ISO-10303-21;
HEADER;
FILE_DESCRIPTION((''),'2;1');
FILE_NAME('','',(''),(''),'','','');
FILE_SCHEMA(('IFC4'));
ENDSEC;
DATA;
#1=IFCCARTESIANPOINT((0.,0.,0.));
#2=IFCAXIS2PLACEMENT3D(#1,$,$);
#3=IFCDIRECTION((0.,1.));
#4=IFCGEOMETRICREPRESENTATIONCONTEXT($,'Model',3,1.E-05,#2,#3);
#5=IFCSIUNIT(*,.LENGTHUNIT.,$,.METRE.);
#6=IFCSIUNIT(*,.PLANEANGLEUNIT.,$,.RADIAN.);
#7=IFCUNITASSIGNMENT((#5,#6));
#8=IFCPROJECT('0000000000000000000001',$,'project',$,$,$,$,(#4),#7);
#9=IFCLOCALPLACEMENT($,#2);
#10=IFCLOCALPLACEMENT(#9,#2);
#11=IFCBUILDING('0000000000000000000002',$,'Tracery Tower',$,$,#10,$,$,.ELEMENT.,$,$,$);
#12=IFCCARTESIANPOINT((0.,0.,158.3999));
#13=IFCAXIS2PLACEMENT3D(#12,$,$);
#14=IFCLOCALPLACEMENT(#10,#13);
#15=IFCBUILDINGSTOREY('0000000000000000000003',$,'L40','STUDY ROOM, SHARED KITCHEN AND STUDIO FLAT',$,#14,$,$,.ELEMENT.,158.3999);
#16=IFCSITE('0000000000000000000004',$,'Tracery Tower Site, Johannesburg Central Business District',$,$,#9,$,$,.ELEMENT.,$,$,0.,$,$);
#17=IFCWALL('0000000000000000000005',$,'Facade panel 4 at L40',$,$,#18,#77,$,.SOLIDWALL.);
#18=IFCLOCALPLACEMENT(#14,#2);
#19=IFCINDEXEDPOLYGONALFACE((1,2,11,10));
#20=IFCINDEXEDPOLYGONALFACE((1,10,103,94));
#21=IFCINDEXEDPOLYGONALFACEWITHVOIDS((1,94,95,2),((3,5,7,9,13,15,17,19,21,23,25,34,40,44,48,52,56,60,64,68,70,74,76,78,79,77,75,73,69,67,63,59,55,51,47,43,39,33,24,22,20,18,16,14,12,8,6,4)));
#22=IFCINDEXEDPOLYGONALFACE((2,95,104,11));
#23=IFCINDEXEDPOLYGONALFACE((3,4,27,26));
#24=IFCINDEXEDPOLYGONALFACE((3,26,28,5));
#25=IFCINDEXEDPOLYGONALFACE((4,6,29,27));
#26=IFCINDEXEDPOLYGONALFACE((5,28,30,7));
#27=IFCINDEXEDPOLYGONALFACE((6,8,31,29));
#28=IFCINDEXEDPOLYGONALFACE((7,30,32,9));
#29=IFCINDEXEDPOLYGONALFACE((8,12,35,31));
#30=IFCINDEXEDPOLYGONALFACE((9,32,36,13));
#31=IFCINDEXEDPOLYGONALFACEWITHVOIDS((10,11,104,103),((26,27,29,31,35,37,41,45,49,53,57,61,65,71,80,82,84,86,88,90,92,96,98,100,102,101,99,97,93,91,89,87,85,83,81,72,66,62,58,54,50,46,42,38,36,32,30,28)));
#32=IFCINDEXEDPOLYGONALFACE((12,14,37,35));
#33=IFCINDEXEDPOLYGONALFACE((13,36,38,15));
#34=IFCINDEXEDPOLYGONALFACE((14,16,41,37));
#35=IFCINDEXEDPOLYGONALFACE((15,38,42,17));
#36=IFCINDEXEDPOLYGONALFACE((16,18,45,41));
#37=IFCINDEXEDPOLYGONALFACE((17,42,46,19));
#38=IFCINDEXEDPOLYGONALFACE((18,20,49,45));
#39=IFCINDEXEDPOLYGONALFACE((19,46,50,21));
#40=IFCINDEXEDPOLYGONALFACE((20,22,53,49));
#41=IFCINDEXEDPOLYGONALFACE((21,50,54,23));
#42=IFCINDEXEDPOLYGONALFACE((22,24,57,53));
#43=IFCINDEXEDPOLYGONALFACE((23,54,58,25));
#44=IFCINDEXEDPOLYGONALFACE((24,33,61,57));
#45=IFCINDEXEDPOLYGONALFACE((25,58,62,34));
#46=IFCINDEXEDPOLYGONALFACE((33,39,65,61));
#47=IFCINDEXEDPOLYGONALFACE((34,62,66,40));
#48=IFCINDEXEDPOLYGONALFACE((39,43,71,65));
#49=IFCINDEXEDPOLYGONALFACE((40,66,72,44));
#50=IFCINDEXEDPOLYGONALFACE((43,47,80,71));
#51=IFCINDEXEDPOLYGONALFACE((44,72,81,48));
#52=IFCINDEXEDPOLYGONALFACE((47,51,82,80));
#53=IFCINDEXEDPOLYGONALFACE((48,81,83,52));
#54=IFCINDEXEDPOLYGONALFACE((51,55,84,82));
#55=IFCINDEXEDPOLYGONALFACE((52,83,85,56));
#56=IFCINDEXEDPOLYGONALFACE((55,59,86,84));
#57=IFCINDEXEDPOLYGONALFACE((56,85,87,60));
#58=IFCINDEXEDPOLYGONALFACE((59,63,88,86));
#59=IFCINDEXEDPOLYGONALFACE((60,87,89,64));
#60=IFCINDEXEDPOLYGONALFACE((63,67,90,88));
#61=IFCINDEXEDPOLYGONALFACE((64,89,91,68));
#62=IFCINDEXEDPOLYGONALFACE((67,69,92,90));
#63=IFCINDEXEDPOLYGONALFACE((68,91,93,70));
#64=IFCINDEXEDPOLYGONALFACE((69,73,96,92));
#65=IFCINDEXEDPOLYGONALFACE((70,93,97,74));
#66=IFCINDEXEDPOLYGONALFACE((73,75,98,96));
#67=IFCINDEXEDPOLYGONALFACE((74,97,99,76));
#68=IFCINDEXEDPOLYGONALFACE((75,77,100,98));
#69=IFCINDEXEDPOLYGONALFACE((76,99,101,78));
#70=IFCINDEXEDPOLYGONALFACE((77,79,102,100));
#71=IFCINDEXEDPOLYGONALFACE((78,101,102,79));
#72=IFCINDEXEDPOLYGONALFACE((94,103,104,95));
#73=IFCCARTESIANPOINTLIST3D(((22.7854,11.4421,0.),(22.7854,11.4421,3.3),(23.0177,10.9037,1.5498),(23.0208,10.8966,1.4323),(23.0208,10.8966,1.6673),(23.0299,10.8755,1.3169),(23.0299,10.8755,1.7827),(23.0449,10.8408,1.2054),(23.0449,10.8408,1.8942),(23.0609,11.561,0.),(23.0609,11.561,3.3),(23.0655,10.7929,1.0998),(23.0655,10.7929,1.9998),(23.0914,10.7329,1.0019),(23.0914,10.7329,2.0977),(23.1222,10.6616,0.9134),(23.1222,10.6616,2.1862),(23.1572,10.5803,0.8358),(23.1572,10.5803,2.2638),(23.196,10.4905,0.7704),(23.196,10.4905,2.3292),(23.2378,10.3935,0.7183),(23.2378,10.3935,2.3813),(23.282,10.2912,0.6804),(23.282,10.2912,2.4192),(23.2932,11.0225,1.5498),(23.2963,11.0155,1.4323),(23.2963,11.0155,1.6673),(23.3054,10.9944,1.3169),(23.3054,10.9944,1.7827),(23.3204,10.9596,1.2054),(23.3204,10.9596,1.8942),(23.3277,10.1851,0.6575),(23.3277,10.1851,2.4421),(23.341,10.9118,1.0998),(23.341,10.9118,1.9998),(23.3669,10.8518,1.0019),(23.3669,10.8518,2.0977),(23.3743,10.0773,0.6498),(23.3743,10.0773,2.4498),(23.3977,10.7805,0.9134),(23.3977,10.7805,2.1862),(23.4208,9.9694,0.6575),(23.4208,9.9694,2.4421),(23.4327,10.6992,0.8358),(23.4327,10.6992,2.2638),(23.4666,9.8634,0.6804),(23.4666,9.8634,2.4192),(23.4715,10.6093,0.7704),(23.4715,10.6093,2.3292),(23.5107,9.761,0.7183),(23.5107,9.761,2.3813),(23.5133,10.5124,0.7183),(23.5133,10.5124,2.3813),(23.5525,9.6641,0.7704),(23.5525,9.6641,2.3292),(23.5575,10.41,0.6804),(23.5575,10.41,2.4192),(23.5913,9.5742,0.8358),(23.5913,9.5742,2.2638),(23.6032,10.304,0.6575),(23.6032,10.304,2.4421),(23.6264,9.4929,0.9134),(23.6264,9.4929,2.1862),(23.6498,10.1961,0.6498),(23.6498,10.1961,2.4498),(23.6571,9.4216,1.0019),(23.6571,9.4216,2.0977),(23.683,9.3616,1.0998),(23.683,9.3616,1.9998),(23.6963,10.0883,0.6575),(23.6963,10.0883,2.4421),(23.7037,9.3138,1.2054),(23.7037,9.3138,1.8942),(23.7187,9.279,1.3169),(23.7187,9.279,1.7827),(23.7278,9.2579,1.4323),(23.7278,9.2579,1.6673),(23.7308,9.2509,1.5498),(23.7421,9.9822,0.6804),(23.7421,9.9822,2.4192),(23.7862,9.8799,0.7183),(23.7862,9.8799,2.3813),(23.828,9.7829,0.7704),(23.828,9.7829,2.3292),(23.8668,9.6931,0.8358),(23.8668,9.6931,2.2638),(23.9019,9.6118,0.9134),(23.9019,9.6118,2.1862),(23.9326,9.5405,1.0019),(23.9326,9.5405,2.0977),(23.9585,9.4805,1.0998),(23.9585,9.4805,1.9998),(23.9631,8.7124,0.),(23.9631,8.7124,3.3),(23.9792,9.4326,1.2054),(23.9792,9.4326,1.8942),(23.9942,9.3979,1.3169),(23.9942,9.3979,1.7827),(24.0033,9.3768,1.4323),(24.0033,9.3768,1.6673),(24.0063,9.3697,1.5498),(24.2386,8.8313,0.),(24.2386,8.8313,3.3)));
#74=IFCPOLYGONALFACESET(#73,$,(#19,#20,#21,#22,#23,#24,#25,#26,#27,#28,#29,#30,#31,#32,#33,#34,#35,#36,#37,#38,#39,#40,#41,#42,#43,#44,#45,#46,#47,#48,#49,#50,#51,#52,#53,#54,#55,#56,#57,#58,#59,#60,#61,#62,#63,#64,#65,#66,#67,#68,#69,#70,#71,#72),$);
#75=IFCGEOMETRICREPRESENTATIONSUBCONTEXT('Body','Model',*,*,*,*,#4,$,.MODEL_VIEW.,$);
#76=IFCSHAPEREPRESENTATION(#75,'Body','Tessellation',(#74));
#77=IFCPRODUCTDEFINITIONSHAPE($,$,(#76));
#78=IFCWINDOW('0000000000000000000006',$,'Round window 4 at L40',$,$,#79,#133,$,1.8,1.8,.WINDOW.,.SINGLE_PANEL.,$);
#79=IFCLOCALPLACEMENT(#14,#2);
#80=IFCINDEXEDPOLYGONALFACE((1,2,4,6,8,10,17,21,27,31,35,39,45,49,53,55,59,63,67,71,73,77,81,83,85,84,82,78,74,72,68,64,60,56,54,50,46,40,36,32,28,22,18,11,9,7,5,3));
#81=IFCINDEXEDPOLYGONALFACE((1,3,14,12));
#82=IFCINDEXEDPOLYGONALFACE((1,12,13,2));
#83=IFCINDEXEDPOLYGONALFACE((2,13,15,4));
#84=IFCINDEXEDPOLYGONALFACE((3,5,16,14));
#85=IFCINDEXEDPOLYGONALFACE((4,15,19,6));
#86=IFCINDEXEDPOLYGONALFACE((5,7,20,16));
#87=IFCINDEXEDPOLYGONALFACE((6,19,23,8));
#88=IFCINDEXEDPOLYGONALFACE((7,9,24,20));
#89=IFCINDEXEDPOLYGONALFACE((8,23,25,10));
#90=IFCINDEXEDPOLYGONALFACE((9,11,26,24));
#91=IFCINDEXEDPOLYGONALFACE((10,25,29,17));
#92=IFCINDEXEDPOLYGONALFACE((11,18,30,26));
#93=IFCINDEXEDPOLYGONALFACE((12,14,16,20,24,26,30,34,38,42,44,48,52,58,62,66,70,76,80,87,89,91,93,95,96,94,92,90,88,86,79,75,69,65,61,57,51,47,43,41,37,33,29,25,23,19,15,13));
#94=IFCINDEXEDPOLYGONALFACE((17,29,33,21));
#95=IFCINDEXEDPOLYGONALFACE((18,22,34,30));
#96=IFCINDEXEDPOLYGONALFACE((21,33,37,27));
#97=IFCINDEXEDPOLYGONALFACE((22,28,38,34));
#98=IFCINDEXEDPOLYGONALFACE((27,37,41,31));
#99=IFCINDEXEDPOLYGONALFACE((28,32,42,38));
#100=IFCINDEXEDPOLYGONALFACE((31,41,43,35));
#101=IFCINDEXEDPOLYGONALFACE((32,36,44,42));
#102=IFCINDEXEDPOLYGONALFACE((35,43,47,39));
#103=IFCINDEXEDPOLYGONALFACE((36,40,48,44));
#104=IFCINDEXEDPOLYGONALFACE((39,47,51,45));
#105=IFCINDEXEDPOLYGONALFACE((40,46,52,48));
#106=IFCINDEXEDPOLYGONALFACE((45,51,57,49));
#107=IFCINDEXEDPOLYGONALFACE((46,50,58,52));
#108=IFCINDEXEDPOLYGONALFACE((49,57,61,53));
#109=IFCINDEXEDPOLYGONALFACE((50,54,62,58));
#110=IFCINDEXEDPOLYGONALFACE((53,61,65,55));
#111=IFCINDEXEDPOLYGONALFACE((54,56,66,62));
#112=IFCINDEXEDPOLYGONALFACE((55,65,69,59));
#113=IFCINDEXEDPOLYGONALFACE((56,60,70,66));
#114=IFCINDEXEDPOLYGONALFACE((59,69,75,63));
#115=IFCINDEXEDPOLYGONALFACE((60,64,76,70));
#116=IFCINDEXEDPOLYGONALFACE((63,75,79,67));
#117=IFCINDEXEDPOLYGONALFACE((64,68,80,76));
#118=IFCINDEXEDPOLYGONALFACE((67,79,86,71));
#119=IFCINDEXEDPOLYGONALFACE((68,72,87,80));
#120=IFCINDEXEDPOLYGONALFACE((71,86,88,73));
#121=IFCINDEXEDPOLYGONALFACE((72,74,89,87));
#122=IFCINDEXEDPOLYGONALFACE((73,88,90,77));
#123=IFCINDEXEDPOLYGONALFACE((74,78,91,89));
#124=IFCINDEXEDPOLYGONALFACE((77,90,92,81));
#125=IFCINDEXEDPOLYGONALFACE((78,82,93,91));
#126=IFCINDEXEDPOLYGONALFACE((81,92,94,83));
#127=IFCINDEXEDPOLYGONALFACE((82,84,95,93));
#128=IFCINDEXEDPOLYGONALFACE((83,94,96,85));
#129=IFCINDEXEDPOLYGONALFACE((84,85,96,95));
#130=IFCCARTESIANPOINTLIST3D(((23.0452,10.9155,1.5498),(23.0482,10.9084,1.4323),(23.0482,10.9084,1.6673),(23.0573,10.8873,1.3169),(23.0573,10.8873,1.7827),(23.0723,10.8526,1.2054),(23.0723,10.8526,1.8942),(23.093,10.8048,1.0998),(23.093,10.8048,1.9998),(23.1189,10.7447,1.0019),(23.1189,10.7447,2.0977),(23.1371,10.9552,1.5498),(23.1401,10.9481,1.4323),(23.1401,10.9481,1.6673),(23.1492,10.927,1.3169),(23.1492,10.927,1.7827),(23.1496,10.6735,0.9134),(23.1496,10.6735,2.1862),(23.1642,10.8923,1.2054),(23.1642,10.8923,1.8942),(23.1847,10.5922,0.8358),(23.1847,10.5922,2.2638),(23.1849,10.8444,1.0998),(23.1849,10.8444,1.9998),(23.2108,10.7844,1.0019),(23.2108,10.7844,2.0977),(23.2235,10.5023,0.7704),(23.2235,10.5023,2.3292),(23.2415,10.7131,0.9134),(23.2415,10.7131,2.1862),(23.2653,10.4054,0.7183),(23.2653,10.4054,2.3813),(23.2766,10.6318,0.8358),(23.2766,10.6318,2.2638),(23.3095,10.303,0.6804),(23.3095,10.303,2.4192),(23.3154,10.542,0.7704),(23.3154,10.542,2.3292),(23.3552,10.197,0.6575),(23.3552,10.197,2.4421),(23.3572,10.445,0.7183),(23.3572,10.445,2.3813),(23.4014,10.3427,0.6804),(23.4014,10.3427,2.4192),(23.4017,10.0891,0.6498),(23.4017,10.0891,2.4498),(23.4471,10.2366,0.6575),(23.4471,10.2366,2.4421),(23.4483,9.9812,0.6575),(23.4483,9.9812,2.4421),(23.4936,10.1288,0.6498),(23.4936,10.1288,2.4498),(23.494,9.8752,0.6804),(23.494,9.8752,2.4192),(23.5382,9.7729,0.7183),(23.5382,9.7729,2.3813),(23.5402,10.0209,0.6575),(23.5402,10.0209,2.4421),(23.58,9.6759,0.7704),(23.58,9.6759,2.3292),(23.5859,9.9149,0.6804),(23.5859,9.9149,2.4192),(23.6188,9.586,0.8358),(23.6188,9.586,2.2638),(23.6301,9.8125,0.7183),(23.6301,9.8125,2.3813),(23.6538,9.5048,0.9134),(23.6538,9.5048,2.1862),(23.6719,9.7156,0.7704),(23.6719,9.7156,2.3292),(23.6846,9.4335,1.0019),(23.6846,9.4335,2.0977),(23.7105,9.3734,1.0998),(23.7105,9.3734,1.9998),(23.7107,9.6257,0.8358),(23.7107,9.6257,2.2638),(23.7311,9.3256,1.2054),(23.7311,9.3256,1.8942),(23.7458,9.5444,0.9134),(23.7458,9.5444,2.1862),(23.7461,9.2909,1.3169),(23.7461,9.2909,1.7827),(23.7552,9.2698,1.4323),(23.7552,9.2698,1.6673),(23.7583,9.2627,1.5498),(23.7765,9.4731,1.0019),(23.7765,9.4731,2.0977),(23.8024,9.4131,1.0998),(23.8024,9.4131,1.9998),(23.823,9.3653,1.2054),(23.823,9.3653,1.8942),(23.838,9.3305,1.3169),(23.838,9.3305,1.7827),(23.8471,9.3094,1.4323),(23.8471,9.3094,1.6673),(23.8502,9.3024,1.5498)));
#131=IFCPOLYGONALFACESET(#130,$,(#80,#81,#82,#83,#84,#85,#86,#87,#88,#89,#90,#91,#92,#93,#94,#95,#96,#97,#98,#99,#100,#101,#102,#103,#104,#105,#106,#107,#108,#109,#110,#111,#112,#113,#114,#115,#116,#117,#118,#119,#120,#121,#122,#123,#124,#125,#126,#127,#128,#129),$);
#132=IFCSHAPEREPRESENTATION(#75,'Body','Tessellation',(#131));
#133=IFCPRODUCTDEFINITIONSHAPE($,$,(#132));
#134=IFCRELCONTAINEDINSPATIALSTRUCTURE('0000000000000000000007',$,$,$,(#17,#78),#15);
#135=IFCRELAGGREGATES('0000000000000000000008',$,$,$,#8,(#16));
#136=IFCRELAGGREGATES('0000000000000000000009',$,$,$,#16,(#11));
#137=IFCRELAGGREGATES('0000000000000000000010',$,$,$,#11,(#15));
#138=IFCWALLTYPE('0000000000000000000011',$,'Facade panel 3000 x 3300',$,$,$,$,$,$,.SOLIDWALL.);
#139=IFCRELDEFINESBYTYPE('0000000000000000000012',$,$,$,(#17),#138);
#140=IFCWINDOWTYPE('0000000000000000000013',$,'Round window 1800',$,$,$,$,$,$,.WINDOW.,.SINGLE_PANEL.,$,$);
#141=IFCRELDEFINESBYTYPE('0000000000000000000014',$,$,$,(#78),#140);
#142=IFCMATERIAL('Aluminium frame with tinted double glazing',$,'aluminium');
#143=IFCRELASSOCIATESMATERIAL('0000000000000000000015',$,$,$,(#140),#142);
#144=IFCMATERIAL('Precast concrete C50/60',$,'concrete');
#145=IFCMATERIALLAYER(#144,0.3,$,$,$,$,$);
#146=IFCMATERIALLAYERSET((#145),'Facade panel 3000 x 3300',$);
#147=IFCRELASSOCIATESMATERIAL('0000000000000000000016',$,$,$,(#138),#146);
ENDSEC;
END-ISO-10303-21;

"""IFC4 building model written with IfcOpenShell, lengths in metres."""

from ifc_helpers import new_model, si_unit, direction, frame, frame_2d, origin, origin_2d, place, context, subcontext, project, spatial, rectangle, circle, extrude, material, layer, layer_set, type_object, element, fill, save


model = new_model("IFC4")

# Units and contexts
model_context = context("Model", 3, precision=1e-05, world=origin(), true_north=direction((0.0, 1.0)))
body_context = subcontext(model_context, "Body", "Model", "MODEL_VIEW")
ifc_project = project(units=[si_unit("LENGTHUNIT", "METRE"), si_unit("PLANEANGLEUNIT", "RADIAN")], contexts=[model_context])

# Site, building, storey
site_placement = place(None, origin())
site = spatial("IfcSite", under=ifc_project, at=site_placement, Name="Tracery Tower Site, Johannesburg Central Business District", CompositionType="ELEMENT", RefElevation=0.0)
building_placement = place(site_placement, origin())
building = spatial("IfcBuilding", under=site, at=building_placement, Name="Tracery Tower", CompositionType="ELEMENT")
storey_placement = place(building_placement, frame((0.0, 0.0, 158.3999)))
storey = spatial("IfcBuildingStorey", under=building, at=storey_placement, Name="L40", Description="STUDY ROOM, SHARED KITCHEN AND STUDIO FLAT", CompositionType="ELEMENT", Elevation=158.3999)

# Wall, opening, window
ifc_material_1 = material(Name="Aluminium frame with tinted double glazing", Category="aluminium")
window_type = type_object("IfcWindowType", Name="Round window 1800", PartitioningType="SINGLE_PANEL", PredefinedType="WINDOW", material=ifc_material_1)
ifc_material_2 = material(Name="Precast concrete C50/60", Category="concrete")
ifc_layer_1 = layer(ifc_material_2, 0.3)
ifc_layer_set_1 = layer_set([ifc_layer_1], Name="Facade panel 3000 x 3300")
wall_type_1 = type_object("IfcWallType", Name="Facade panel 3000 x 3300", PredefinedType="SOLIDWALL", material=ifc_layer_set_1)
wall_1_placement = place(storey_placement, frame((24.1008, 8.772, 0.0), z_axis=(0.0, 0.0, 1.0), x_axis=(-0.396148, 0.918187, 0.0)))
wall_1 = element("IfcWall", 1, at=wall_1_placement, inside=storey, type_object=wall_type_1, Name="Facade panel 4 at L40", PredefinedType="SOLIDWALL", context=body_context, shape_type="SweptSolid", body=[
    extrude(rectangle(XDim=2.9729, YDim=0.3, at=frame_2d((1.4863, 0.0))), origin(), (0.0, 0.0, 1.0), 3.3),
])
opening_1_placement = place(wall_1_placement, frame((1.4863, 0.0, 1.5498)))
opening_1 = element("IfcOpeningElement", 2, at=opening_1_placement, cuts=wall_1, PredefinedType="OPENING", context=body_context, shape_type="SweptSolid", body=[
    extrude(circle(Radius=0.9, at=origin_2d()), frame((0.0, 0.1599, 0.0), z_axis=(0.0, -1.0, 0.0), x_axis=(1.0, 0.0, 0.0)), (0.0, 0.0, 1.0), 0.3201),
])
window_1_placement = place(opening_1_placement, origin())
window_1 = element("IfcWindow", 3, at=window_1_placement, inside=storey, type_object=window_type, Name="Round window 4 at L40", OverallHeight=1.8, OverallWidth=1.8, PartitioningType="SINGLE_PANEL", PredefinedType="WINDOW", context=body_context, shape_type="SweptSolid", body=[
    extrude(circle(Radius=0.9, at=origin_2d()), frame((0.0, 0.1201, 0.0), z_axis=(0.0, -1.0, 0.0), x_axis=(1.0, 0.0, 0.0)), (0.0, 0.0, 1.0), 0.1001),
])
fill(opening_1, window_1)

save(model, "model.ifc")
